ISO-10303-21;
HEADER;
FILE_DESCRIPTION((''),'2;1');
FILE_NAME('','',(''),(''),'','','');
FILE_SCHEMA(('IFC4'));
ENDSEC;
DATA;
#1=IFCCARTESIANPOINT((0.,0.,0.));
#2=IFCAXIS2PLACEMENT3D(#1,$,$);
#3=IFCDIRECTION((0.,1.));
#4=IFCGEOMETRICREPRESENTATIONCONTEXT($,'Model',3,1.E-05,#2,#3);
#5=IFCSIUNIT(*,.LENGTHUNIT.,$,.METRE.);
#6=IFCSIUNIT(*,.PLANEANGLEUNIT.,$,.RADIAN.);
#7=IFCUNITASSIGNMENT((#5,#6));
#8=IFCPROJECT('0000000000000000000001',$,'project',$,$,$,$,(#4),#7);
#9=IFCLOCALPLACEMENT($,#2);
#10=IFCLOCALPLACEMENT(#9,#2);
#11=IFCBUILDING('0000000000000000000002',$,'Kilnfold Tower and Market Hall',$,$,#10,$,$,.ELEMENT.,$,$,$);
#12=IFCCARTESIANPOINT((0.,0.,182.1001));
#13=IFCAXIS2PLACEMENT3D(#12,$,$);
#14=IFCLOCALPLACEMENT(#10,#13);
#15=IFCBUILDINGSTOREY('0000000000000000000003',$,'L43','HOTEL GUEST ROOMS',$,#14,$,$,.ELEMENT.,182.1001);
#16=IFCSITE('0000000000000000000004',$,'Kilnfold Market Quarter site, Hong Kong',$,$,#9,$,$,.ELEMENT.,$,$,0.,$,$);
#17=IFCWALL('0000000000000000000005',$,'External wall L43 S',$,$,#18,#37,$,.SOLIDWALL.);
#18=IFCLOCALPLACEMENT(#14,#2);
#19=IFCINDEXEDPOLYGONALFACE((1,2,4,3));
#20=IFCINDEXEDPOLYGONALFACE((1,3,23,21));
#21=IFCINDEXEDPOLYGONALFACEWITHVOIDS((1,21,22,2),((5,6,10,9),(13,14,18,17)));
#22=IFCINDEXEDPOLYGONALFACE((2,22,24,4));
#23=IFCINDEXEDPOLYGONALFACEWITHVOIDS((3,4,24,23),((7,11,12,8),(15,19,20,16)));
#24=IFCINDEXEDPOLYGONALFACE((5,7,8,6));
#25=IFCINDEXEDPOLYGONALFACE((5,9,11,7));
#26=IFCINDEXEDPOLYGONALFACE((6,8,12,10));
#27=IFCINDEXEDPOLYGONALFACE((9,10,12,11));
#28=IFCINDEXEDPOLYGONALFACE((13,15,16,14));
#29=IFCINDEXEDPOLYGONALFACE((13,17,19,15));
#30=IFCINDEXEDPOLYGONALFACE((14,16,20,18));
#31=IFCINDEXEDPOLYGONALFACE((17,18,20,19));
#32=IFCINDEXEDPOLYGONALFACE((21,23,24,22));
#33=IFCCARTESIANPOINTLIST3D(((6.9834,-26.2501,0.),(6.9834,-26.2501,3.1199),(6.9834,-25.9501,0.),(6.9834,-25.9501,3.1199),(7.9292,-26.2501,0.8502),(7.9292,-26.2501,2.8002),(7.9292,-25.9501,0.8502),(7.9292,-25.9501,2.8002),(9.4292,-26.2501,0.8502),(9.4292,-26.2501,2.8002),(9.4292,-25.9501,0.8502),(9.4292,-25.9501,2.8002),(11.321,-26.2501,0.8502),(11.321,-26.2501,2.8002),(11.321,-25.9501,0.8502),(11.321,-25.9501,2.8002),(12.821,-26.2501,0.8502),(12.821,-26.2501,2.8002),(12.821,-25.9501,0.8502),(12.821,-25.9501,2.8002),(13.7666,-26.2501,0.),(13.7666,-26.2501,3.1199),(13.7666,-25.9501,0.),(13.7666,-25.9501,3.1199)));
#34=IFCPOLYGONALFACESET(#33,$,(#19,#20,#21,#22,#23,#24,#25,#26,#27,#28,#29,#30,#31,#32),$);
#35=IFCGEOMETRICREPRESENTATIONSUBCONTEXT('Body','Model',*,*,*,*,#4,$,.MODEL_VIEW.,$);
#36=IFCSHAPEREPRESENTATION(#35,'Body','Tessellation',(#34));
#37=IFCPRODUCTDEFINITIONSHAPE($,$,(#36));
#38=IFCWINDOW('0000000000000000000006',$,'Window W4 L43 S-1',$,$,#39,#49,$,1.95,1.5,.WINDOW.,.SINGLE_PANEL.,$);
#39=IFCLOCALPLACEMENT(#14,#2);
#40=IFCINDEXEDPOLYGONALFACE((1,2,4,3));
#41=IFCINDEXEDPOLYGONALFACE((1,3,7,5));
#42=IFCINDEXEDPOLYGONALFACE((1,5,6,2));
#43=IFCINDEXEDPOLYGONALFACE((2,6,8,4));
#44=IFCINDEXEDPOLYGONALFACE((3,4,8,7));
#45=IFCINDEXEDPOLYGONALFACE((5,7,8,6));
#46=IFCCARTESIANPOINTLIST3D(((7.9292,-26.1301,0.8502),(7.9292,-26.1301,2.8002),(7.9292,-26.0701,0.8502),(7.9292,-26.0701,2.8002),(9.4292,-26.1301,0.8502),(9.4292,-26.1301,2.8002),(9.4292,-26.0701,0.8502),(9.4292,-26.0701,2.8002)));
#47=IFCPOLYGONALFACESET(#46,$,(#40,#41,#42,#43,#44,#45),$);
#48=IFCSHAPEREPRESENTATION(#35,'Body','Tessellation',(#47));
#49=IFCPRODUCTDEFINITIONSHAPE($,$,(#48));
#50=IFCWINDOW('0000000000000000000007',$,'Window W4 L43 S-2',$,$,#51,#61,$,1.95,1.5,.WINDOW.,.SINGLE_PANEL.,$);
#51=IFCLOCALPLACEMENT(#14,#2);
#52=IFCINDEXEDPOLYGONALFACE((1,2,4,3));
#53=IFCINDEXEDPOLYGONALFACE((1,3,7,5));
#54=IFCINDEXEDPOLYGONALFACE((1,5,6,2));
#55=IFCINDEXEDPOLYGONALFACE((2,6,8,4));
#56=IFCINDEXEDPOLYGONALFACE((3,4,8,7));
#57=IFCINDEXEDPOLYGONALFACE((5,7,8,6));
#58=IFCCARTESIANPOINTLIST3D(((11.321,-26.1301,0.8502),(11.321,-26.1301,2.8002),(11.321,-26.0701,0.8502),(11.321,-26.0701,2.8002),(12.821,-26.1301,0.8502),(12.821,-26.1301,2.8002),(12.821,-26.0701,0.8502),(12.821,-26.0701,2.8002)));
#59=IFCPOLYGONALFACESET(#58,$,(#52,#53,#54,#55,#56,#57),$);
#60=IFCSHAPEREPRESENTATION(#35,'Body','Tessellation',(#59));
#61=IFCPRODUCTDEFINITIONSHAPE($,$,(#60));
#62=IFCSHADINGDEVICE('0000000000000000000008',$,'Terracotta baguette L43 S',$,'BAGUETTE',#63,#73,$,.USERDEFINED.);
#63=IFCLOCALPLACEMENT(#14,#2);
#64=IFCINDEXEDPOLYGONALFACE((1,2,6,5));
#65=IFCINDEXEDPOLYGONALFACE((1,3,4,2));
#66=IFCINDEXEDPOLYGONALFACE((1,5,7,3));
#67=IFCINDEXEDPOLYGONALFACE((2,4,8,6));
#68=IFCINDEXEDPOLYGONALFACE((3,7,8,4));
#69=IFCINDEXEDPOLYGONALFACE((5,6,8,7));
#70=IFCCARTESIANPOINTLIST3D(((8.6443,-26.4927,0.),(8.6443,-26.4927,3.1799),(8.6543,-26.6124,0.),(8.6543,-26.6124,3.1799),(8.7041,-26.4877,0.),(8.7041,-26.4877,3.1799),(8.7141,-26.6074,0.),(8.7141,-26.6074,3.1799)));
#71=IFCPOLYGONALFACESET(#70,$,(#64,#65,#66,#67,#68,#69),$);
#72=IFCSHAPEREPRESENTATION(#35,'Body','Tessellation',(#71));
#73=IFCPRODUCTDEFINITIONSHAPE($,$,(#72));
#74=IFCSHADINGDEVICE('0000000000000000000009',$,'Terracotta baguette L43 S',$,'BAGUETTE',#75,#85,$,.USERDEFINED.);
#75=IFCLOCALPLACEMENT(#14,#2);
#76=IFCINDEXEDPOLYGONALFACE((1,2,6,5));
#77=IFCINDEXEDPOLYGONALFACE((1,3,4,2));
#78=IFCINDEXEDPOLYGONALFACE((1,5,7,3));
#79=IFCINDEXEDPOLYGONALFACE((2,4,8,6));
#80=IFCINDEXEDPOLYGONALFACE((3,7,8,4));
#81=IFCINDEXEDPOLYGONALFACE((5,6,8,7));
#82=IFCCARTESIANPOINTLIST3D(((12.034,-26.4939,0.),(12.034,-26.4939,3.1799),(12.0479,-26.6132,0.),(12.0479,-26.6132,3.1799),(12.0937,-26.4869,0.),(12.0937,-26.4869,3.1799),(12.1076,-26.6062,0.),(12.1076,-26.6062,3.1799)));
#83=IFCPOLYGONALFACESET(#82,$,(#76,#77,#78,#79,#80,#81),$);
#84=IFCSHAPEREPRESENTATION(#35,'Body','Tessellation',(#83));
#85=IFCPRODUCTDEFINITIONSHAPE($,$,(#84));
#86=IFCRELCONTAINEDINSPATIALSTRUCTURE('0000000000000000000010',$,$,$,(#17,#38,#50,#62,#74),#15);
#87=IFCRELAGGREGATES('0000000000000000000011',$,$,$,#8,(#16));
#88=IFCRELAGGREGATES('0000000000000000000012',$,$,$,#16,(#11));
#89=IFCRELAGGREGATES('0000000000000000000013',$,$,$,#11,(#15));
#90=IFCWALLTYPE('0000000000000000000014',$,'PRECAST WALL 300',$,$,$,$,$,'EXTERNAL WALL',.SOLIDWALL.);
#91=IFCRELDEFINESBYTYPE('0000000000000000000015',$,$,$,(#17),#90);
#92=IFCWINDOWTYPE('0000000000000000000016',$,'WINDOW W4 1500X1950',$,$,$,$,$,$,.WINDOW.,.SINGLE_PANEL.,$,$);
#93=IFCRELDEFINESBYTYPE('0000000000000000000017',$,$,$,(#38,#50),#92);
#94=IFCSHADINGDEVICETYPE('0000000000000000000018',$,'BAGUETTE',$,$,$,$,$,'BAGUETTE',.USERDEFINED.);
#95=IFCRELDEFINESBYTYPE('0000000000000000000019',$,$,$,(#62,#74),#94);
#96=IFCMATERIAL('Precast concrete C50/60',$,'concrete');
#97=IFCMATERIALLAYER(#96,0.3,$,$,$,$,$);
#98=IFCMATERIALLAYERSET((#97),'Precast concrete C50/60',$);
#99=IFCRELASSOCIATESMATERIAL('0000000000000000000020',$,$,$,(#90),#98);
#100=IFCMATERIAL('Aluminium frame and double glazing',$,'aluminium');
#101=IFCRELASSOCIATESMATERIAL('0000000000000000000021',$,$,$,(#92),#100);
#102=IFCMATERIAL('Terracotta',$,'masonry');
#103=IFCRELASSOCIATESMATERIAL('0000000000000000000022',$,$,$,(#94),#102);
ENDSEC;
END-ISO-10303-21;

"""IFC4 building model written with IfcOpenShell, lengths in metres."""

from ifc_helpers import new_model, si_unit, direction, frame, frame_2d, origin, origin_2d, place, context, subcontext, project, spatial, rectangle, extrude, source, transform, mapped, material, layer, layer_set, material_profile, profile_set, type_object, element, fill, save


model = new_model("IFC4")

# Units and contexts
model_context = context("Model", 3, precision=1e-05, world=origin(), true_north=direction((0.0, 1.0)))
body_context = subcontext(model_context, "Body", "Model", "MODEL_VIEW")
ifc_project = project(units=[si_unit("LENGTHUNIT", "METRE"), si_unit("PLANEANGLEUNIT", "RADIAN")], contexts=[model_context])

# Site, building, storey
site_placement = place(None, origin())
site = spatial("IfcSite", under=ifc_project, at=site_placement, Name="Kilnfold Market Quarter site, Hong Kong", CompositionType="ELEMENT", RefElevation=0.0)
building_placement = place(site_placement, origin())
building = spatial("IfcBuilding", under=site, at=building_placement, Name="Kilnfold Tower and Market Hall", CompositionType="ELEMENT")
storey_placement = place(building_placement, frame((0.0, 0.0, 182.1001)))
storey = spatial("IfcBuildingStorey", under=building, at=storey_placement, Name="L43", Description="HOTEL GUEST ROOMS", CompositionType="ELEMENT", Elevation=182.1001)

# Wall, openings, windows
ifc_material_1 = material(Name="Precast concrete C50/60", Category="concrete")
ifc_layer_1 = layer(ifc_material_1, 0.3)
ifc_layer_set_1 = layer_set([ifc_layer_1], Name="Precast concrete C50/60")
wall_type_1 = type_object("IfcWallType", Name="PRECAST WALL 300", ElementType="EXTERNAL WALL", PredefinedType="SOLIDWALL", material=ifc_layer_set_1)
shared_shape_1 = source(origin(), body_context, "Body", "SweptSolid", [
    extrude(rectangle(XDim=6.7832, YDim=0.3, at=frame_2d((3.3916, 0.0))), origin(), (0.0, 0.0, 1.0), 3.1199),
])
wall_1_placement = place(storey_placement, frame((6.9834, -26.1001, 0.0), z_axis=(0.0, 0.0, 1.0), x_axis=(1.0, 0.0, 0.0)))
wall_1 = element("IfcWall", 1, at=wall_1_placement, inside=storey, type_object=wall_type_1, Name="External wall L43 S", PredefinedType="SOLIDWALL", context=body_context, shape_type="MappedRepresentation", body=[
    mapped(shared_shape_1, transform((0.0, 0.0, 0.0))),
])
opening_1_placement = place(wall_1_placement, frame((0.9458, 0.0, 0.8501)))
opening_1 = element("IfcOpeningElement", 2, at=opening_1_placement, cuts=wall_1, PredefinedType="OPENING", context=body_context, shape_type="SweptSolid", body=[
    extrude(rectangle(XDim=1.5, YDim=1.95, at=frame_2d((0.75, 0.9751))), frame((0.0, 0.1602, 0.0), z_axis=(0.0, -1.0, 0.0), x_axis=(1.0, 0.0, 0.0)), (0.0, 0.0, 1.0), 0.3201),
])
opening_2_placement = place(wall_1_placement, frame((4.3376, 0.0, 0.8501)))
opening_2 = element("IfcOpeningElement", 3, at=opening_2_placement, cuts=wall_1, PredefinedType="OPENING", context=body_context, shape_type="SweptSolid", body=[
    extrude(rectangle(XDim=1.5, YDim=1.95, at=frame_2d((0.75, 0.9751))), frame((0.0, 0.1602, 0.0), z_axis=(0.0, -1.0, 0.0), x_axis=(1.0, 0.0, 0.0)), (0.0, 0.0, 1.0), 0.3201),
])
ifc_material_2 = material(Name="Aluminium frame and double glazing", Category="aluminium")
window_type = type_object("IfcWindowType", Name="WINDOW W4 1500X1950", PartitioningType="SINGLE_PANEL", PredefinedType="WINDOW", material=ifc_material_2)
window_1_placement = place(opening_1_placement, origin())
window_1 = element("IfcWindow", 4, at=window_1_placement, inside=storey, type_object=window_type, Name="Window W4 L43 S-1", OverallHeight=1.95, OverallWidth=1.5, PartitioningType="SINGLE_PANEL", PredefinedType="WINDOW", context=body_context, shape_type="SweptSolid", body=[
    extrude(rectangle(XDim=1.5, YDim=1.95, at=frame_2d((0.75, 0.9751))), frame((0.0, 0.03, 0.0), z_axis=(0.0, -1.0, 0.0), x_axis=(1.0, 0.0, 0.0)), (0.0, 0.0, 1.0), 0.0601),
])
fill(opening_1, window_1)
window_2_placement = place(opening_2_placement, origin())
window_2 = element("IfcWindow", 5, at=window_2_placement, inside=storey, type_object=window_type, Name="Window W4 L43 S-2", OverallHeight=1.95, OverallWidth=1.5, PartitioningType="SINGLE_PANEL", PredefinedType="WINDOW", context=body_context, shape_type="SweptSolid", body=[
    extrude(rectangle(XDim=1.5, YDim=1.95, at=frame_2d((0.75, 0.9751))), frame((0.0, 0.03, 0.0), z_axis=(0.0, -1.0, 0.0), x_axis=(1.0, 0.0, 0.0)), (0.0, 0.0, 1.0), 0.0601),
])
fill(opening_2, window_2)

# Shading devices
ifc_material_3 = material(Name="Terracotta", Category="masonry")
ifc_material_profile_1 = material_profile(ifc_material_3, rectangle(XDim=0.0601, YDim=0.1201, at=origin_2d()), Name="BAG 60x120")
ifc_profile_set_1 = profile_set([ifc_material_profile_1], Name="Terracotta")
shading_device_type = type_object("IfcShadingDeviceType", Name="BAGUETTE", ElementType="BAGUETTE", PredefinedType="USERDEFINED", material=ifc_profile_set_1)
shared_shape_2 = source(origin(), body_context, "Body", "SweptSolid", [
    extrude(rectangle(XDim=0.0601, YDim=0.1201, at=origin_2d()), origin(), (0.0, 0.0, 1.0), 3.1799),
])
for number, where, z_axis, x_axis, name in (
    (6, (8.6792, -26.55, 0.0), (0.0, 0.0, 1.0), (0.996554, 0.082942, 0.0), "Terracotta baguette L43 S"),
    (7, (12.0708, -26.55, 0.0), (0.0, 0.0, 1.0), (0.993262, 0.115891, 0.0), "Terracotta baguette L43 S"),
):
    element("IfcShadingDevice", number, at=place(storey_placement, frame(where, z_axis=z_axis, x_axis=x_axis)), inside=storey, type_object=shading_device_type, Name=name, ObjectType="BAGUETTE", PredefinedType="USERDEFINED", context=body_context, shape_type="MappedRepresentation", body=[
        mapped(shared_shape_2, transform((0.0, 0.0, 0.0))),
    ])

save(model, "model.ifc")
